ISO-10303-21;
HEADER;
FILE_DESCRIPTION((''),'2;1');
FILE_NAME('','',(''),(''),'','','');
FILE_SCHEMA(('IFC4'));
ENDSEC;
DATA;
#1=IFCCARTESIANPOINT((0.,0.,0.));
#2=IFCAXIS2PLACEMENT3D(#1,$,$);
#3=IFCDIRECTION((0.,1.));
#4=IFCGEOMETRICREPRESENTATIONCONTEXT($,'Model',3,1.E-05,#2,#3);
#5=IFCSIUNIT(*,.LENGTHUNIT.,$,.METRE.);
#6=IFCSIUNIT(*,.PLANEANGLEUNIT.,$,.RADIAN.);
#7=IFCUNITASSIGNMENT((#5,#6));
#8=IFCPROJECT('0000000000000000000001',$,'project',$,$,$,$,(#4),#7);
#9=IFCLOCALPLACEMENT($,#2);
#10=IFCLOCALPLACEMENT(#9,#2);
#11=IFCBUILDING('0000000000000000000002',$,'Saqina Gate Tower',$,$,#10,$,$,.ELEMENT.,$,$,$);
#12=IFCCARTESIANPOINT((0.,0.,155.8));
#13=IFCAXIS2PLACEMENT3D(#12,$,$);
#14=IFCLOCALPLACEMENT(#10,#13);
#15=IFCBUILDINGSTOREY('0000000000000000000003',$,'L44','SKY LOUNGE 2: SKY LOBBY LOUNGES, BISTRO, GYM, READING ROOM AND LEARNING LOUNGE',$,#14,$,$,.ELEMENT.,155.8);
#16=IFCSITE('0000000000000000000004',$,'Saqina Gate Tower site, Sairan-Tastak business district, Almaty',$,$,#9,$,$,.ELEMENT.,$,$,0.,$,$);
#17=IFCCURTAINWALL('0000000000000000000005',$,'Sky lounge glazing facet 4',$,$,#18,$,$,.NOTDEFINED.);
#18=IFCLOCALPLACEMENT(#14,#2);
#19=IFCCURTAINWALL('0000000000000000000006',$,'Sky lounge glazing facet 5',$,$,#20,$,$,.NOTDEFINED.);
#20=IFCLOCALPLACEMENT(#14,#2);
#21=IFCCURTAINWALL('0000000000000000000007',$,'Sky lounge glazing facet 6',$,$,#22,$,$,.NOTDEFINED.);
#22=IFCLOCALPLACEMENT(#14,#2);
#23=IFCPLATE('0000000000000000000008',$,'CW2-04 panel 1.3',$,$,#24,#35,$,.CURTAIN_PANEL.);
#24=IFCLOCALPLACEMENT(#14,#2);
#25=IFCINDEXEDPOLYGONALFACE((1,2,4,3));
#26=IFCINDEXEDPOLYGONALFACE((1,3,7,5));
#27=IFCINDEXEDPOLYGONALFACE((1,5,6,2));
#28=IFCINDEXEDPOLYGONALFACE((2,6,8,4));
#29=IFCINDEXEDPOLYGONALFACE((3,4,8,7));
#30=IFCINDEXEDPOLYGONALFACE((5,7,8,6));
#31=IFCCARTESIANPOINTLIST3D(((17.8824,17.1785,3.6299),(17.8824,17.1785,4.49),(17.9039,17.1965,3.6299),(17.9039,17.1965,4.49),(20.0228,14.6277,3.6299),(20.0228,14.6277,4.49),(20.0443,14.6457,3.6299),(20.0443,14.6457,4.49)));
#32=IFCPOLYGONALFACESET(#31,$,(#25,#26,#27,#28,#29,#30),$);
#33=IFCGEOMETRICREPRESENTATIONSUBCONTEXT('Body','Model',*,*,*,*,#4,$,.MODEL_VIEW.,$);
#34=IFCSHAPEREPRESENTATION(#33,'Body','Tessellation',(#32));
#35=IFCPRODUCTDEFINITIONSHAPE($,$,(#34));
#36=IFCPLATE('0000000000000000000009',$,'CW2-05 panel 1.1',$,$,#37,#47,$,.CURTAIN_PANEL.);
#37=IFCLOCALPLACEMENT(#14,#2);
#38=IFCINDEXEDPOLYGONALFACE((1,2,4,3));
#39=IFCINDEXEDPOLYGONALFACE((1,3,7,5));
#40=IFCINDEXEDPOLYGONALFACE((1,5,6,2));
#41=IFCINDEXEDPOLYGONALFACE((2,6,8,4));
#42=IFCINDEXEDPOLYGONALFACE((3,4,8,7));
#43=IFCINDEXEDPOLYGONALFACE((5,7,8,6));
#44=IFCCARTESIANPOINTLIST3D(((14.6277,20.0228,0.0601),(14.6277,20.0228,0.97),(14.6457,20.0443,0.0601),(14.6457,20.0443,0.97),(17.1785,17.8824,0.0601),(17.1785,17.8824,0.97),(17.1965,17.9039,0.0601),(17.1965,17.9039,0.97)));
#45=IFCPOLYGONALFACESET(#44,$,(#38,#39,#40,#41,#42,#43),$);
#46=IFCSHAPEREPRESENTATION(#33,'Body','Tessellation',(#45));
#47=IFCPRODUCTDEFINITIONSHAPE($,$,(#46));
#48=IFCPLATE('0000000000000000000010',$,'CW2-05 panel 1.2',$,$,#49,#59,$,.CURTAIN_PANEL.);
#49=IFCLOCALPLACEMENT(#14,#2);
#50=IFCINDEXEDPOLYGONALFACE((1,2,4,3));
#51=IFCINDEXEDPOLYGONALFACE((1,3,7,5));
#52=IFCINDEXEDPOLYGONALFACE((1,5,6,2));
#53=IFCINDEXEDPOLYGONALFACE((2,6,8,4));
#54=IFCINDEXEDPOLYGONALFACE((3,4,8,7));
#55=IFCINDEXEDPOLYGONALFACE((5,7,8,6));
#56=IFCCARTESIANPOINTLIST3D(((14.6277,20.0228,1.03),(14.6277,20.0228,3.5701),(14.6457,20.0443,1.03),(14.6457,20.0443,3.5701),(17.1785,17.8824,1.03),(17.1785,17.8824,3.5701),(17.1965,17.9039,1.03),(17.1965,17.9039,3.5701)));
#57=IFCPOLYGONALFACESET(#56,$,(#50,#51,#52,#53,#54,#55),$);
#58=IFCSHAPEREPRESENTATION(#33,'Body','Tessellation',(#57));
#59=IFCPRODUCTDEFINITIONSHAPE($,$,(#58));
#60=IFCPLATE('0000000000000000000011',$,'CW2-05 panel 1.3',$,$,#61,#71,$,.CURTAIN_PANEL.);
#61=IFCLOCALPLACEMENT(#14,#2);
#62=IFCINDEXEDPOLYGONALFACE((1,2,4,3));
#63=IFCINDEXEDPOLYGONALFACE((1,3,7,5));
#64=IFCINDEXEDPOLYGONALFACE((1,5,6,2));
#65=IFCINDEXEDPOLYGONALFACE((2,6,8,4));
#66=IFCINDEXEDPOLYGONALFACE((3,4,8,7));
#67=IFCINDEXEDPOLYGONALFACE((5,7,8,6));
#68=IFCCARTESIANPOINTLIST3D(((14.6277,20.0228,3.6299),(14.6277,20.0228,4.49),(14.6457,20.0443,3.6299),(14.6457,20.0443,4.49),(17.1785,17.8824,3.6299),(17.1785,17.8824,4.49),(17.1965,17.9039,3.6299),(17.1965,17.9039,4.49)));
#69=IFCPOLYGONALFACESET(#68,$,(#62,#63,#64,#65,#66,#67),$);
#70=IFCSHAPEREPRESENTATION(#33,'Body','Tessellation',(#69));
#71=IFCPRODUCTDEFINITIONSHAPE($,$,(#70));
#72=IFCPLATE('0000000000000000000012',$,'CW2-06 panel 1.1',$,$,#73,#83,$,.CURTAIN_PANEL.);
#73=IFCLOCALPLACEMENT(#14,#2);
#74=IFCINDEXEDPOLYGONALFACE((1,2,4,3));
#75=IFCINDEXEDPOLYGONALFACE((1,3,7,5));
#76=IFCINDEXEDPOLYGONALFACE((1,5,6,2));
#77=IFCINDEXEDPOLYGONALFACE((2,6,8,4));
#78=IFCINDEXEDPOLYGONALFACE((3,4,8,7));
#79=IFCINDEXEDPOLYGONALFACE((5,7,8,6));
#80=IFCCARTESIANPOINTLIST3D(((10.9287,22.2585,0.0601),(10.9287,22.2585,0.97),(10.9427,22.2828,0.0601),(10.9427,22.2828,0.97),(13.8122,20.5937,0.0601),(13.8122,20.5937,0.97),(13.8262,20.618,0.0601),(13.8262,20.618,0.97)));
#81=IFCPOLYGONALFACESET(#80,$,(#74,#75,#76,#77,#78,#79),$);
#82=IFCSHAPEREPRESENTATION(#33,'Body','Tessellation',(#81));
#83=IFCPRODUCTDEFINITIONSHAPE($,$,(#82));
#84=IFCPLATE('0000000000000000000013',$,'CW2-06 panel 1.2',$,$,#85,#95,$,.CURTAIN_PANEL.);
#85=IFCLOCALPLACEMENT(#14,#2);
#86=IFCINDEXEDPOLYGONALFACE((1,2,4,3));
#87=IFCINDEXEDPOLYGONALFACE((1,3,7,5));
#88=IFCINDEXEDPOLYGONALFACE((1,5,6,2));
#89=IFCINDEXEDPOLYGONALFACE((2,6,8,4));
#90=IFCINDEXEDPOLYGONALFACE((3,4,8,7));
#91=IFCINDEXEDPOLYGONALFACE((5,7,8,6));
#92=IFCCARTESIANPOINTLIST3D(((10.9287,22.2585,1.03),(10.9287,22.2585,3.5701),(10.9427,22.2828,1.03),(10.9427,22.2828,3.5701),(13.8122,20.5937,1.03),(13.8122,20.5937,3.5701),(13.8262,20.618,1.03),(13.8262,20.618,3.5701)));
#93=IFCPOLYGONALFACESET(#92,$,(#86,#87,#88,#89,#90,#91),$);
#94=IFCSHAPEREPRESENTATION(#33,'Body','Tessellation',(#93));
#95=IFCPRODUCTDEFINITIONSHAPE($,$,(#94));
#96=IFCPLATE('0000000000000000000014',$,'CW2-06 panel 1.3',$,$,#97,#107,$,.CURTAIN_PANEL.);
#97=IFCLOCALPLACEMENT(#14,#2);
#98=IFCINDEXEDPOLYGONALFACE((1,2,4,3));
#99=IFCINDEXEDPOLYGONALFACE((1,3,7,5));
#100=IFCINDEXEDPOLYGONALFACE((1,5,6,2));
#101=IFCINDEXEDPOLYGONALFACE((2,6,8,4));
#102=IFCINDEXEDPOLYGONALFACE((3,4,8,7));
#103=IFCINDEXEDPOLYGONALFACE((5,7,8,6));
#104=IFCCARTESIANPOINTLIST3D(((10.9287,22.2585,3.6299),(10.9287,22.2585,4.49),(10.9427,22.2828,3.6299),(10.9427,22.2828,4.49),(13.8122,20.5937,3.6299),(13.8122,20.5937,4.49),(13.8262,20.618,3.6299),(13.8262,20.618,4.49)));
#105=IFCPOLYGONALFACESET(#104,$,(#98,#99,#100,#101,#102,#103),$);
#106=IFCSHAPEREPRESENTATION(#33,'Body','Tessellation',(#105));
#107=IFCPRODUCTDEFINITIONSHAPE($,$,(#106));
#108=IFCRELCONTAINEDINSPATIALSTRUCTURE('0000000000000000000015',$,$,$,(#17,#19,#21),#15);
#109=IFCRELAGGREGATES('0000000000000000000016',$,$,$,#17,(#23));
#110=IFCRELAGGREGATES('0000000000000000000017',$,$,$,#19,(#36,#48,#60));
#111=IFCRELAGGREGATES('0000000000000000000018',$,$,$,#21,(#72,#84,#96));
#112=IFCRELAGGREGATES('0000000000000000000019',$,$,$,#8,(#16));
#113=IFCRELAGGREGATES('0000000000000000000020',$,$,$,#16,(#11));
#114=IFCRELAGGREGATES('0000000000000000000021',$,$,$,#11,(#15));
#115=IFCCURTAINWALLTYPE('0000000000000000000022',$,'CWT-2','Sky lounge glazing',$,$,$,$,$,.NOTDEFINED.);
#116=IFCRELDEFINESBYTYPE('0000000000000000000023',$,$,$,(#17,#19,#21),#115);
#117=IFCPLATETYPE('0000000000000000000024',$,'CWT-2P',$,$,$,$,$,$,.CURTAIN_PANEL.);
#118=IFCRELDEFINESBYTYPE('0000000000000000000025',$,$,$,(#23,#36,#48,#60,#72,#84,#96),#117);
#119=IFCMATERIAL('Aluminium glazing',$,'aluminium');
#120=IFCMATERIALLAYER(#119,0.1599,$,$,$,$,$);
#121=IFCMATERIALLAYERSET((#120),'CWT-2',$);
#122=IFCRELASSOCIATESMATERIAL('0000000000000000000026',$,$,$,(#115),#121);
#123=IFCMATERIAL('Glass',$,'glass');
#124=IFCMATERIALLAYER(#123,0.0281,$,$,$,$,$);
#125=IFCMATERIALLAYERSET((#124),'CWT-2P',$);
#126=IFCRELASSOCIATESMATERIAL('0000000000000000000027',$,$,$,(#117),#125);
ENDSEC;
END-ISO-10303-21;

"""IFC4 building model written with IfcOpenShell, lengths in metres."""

from ifc_helpers import new_model, si_unit, direction, frame, origin, origin_2d, place, context, subcontext, project, spatial, rectangle, extrude, material, layer, layer_set, type_object, element, aggregate, save


model = new_model("IFC4")

# Units and contexts
model_context = context("Model", 3, precision=1e-05, world=origin(), true_north=direction((0.0, 1.0)))
body_context = subcontext(model_context, "Body", "Model", "MODEL_VIEW")
ifc_project = project(units=[si_unit("LENGTHUNIT", "METRE"), si_unit("PLANEANGLEUNIT", "RADIAN")], contexts=[model_context])

# Site, building, storey
site_placement = place(None, origin())
site = spatial("IfcSite", under=ifc_project, at=site_placement, Name="Saqina Gate Tower site, Sairan-Tastak business district, Almaty", CompositionType="ELEMENT", RefElevation=0.0)
building_placement = place(site_placement, origin())
building = spatial("IfcBuilding", under=site, at=building_placement, Name="Saqina Gate Tower", CompositionType="ELEMENT")
storey_placement = place(building_placement, frame((0.0, 0.0, 155.8)))
storey = spatial("IfcBuildingStorey", under=building, at=storey_placement, Name="L44", Description="SKY LOUNGE 2: SKY LOBBY LOUNGES, BISTRO, GYM, READING ROOM AND LEARNING LOUNGE", CompositionType="ELEMENT", Elevation=155.8)

# Curtain wall
ifc_material_1 = material(Name="Aluminium glazing", Category="aluminium")
ifc_layer_1 = layer(ifc_material_1, 0.1599)
ifc_layer_set_1 = layer_set([ifc_layer_1], Name="CWT-2")
curtain_wall_type = type_object("IfcCurtainWallType", Name="CWT-2", Description="Sky lounge glazing", PredefinedType="NOTDEFINED", material=ifc_layer_set_1)
curtain_wall_1_placement = place(storey_placement, origin())
curtain_wall_1 = element("IfcCurtainWall", 1, at=curtain_wall_1_placement, inside=storey, type_object=curtain_wall_type, Name="Sky lounge glazing facet 4", PredefinedType="NOTDEFINED")

# Curtain wall
curtain_wall_2_placement = place(storey_placement, origin())
curtain_wall_2 = element("IfcCurtainWall", 2, at=curtain_wall_2_placement, inside=storey, type_object=curtain_wall_type, Name="Sky lounge glazing facet 5", PredefinedType="NOTDEFINED")

# Curtain wall
curtain_wall_3_placement = place(storey_placement, origin())
curtain_wall_3 = element("IfcCurtainWall", 3, at=curtain_wall_3_placement, inside=storey, type_object=curtain_wall_type, Name="Sky lounge glazing facet 6", PredefinedType="NOTDEFINED")

# Plates
ifc_material_2 = material(Name="Glass", Category="glass")
ifc_layer_2 = layer(ifc_material_2, 0.0281)
ifc_layer_set_2 = layer_set([ifc_layer_2], Name="CWT-2P")
plate_type = type_object("IfcPlateType", Name="CWT-2P", PredefinedType="CURTAIN_PANEL", material=ifc_layer_set_2)
plate_1_placement = place(storey_placement, frame((18.9634, 15.9121, 3.6299), z_axis=(0.0, 0.0, 1.0), x_axis=(-0.64279, 0.766043, 0.0)))
plate_1 = element("IfcPlate", 4, at=plate_1_placement, type_object=plate_type, Name="CW2-04 panel 1.3", PredefinedType="CURTAIN_PANEL", context=body_context, shape_type="SweptSolid", body=[
    extrude(rectangle(XDim=3.3298, YDim=0.0281, at=origin_2d()), origin(), (0.0, 0.0, 1.0), 0.8601),
])
aggregate(curtain_wall_1, [plate_1])
plate_2_placement = place(storey_placement, frame((15.9121, 18.9634, 0.0601), z_axis=(0.0, 0.0, 1.0), x_axis=(-0.766043, 0.64279, 0.0)))
plate_2 = element("IfcPlate", 5, at=plate_2_placement, type_object=plate_type, Name="CW2-05 panel 1.1", PredefinedType="CURTAIN_PANEL", context=body_context, shape_type="SweptSolid", body=[
    extrude(rectangle(XDim=3.3298, YDim=0.0281, at=origin_2d()), origin(), (0.0, 0.0, 1.0), 0.9099),
])
plate_3_placement = place(storey_placement, frame((15.9121, 18.9634, 1.03), z_axis=(0.0, 0.0, 1.0), x_axis=(-0.766043, 0.64279, 0.0)))
plate_3 = element("IfcPlate", 6, at=plate_3_placement, type_object=plate_type, Name="CW2-05 panel 1.2", PredefinedType="CURTAIN_PANEL", context=body_context, shape_type="SweptSolid", body=[
    extrude(rectangle(XDim=3.3298, YDim=0.0281, at=origin_2d()), origin(), (0.0, 0.0, 1.0), 2.54),
])
plate_4_placement = place(storey_placement, frame((15.9121, 18.9634, 3.6299), z_axis=(0.0, 0.0, 1.0), x_axis=(-0.766043, 0.64279, 0.0)))
plate_4 = element("IfcPlate", 7, at=plate_4_placement, type_object=plate_type, Name="CW2-05 panel 1.3", PredefinedType="CURTAIN_PANEL", context=body_context, shape_type="SweptSolid", body=[
    extrude(rectangle(XDim=3.3298, YDim=0.0281, at=origin_2d()), origin(), (0.0, 0.0, 1.0), 0.8601),
])
aggregate(curtain_wall_2, [plate_2, plate_3, plate_4])
plate_5_placement = place(storey_placement, frame((12.3774, 21.4382, 0.0601), z_axis=(0.0, 0.0, 1.0), x_axis=(-0.866017, 0.500014, 0.0)))
plate_5 = element("IfcPlate", 8, at=plate_5_placement, type_object=plate_type, Name="CW2-06 panel 1.1", PredefinedType="CURTAIN_PANEL", context=body_context, shape_type="SweptSolid", body=[
    extrude(rectangle(XDim=3.3296, YDim=0.0281, at=origin_2d()), origin(), (0.0, 0.0, 1.0), 0.9099),
])
plate_6_placement = place(storey_placement, frame((12.3774, 21.4382, 1.03), z_axis=(0.0, 0.0, 1.0), x_axis=(-0.866017, 0.500014, 0.0)))
plate_6 = element("IfcPlate", 9, at=plate_6_placement, type_object=plate_type, Name="CW2-06 panel 1.2", PredefinedType="CURTAIN_PANEL", context=body_context, shape_type="SweptSolid", body=[
    extrude(rectangle(XDim=3.3296, YDim=0.0281, at=origin_2d()), origin(), (0.0, 0.0, 1.0), 2.54),
])
plate_7_placement = place(storey_placement, frame((12.3774, 21.4382, 3.6299), z_axis=(0.0, 0.0, 1.0), x_axis=(-0.866017, 0.500014, 0.0)))
plate_7 = element("IfcPlate", 10, at=plate_7_placement, type_object=plate_type, Name="CW2-06 panel 1.3", PredefinedType="CURTAIN_PANEL", context=body_context, shape_type="SweptSolid", body=[
    extrude(rectangle(XDim=3.3296, YDim=0.0281, at=origin_2d()), origin(), (0.0, 0.0, 1.0), 0.8601),
])
aggregate(curtain_wall_3, [plate_5, plate_6, plate_7])

save(model, "model.ifc")
